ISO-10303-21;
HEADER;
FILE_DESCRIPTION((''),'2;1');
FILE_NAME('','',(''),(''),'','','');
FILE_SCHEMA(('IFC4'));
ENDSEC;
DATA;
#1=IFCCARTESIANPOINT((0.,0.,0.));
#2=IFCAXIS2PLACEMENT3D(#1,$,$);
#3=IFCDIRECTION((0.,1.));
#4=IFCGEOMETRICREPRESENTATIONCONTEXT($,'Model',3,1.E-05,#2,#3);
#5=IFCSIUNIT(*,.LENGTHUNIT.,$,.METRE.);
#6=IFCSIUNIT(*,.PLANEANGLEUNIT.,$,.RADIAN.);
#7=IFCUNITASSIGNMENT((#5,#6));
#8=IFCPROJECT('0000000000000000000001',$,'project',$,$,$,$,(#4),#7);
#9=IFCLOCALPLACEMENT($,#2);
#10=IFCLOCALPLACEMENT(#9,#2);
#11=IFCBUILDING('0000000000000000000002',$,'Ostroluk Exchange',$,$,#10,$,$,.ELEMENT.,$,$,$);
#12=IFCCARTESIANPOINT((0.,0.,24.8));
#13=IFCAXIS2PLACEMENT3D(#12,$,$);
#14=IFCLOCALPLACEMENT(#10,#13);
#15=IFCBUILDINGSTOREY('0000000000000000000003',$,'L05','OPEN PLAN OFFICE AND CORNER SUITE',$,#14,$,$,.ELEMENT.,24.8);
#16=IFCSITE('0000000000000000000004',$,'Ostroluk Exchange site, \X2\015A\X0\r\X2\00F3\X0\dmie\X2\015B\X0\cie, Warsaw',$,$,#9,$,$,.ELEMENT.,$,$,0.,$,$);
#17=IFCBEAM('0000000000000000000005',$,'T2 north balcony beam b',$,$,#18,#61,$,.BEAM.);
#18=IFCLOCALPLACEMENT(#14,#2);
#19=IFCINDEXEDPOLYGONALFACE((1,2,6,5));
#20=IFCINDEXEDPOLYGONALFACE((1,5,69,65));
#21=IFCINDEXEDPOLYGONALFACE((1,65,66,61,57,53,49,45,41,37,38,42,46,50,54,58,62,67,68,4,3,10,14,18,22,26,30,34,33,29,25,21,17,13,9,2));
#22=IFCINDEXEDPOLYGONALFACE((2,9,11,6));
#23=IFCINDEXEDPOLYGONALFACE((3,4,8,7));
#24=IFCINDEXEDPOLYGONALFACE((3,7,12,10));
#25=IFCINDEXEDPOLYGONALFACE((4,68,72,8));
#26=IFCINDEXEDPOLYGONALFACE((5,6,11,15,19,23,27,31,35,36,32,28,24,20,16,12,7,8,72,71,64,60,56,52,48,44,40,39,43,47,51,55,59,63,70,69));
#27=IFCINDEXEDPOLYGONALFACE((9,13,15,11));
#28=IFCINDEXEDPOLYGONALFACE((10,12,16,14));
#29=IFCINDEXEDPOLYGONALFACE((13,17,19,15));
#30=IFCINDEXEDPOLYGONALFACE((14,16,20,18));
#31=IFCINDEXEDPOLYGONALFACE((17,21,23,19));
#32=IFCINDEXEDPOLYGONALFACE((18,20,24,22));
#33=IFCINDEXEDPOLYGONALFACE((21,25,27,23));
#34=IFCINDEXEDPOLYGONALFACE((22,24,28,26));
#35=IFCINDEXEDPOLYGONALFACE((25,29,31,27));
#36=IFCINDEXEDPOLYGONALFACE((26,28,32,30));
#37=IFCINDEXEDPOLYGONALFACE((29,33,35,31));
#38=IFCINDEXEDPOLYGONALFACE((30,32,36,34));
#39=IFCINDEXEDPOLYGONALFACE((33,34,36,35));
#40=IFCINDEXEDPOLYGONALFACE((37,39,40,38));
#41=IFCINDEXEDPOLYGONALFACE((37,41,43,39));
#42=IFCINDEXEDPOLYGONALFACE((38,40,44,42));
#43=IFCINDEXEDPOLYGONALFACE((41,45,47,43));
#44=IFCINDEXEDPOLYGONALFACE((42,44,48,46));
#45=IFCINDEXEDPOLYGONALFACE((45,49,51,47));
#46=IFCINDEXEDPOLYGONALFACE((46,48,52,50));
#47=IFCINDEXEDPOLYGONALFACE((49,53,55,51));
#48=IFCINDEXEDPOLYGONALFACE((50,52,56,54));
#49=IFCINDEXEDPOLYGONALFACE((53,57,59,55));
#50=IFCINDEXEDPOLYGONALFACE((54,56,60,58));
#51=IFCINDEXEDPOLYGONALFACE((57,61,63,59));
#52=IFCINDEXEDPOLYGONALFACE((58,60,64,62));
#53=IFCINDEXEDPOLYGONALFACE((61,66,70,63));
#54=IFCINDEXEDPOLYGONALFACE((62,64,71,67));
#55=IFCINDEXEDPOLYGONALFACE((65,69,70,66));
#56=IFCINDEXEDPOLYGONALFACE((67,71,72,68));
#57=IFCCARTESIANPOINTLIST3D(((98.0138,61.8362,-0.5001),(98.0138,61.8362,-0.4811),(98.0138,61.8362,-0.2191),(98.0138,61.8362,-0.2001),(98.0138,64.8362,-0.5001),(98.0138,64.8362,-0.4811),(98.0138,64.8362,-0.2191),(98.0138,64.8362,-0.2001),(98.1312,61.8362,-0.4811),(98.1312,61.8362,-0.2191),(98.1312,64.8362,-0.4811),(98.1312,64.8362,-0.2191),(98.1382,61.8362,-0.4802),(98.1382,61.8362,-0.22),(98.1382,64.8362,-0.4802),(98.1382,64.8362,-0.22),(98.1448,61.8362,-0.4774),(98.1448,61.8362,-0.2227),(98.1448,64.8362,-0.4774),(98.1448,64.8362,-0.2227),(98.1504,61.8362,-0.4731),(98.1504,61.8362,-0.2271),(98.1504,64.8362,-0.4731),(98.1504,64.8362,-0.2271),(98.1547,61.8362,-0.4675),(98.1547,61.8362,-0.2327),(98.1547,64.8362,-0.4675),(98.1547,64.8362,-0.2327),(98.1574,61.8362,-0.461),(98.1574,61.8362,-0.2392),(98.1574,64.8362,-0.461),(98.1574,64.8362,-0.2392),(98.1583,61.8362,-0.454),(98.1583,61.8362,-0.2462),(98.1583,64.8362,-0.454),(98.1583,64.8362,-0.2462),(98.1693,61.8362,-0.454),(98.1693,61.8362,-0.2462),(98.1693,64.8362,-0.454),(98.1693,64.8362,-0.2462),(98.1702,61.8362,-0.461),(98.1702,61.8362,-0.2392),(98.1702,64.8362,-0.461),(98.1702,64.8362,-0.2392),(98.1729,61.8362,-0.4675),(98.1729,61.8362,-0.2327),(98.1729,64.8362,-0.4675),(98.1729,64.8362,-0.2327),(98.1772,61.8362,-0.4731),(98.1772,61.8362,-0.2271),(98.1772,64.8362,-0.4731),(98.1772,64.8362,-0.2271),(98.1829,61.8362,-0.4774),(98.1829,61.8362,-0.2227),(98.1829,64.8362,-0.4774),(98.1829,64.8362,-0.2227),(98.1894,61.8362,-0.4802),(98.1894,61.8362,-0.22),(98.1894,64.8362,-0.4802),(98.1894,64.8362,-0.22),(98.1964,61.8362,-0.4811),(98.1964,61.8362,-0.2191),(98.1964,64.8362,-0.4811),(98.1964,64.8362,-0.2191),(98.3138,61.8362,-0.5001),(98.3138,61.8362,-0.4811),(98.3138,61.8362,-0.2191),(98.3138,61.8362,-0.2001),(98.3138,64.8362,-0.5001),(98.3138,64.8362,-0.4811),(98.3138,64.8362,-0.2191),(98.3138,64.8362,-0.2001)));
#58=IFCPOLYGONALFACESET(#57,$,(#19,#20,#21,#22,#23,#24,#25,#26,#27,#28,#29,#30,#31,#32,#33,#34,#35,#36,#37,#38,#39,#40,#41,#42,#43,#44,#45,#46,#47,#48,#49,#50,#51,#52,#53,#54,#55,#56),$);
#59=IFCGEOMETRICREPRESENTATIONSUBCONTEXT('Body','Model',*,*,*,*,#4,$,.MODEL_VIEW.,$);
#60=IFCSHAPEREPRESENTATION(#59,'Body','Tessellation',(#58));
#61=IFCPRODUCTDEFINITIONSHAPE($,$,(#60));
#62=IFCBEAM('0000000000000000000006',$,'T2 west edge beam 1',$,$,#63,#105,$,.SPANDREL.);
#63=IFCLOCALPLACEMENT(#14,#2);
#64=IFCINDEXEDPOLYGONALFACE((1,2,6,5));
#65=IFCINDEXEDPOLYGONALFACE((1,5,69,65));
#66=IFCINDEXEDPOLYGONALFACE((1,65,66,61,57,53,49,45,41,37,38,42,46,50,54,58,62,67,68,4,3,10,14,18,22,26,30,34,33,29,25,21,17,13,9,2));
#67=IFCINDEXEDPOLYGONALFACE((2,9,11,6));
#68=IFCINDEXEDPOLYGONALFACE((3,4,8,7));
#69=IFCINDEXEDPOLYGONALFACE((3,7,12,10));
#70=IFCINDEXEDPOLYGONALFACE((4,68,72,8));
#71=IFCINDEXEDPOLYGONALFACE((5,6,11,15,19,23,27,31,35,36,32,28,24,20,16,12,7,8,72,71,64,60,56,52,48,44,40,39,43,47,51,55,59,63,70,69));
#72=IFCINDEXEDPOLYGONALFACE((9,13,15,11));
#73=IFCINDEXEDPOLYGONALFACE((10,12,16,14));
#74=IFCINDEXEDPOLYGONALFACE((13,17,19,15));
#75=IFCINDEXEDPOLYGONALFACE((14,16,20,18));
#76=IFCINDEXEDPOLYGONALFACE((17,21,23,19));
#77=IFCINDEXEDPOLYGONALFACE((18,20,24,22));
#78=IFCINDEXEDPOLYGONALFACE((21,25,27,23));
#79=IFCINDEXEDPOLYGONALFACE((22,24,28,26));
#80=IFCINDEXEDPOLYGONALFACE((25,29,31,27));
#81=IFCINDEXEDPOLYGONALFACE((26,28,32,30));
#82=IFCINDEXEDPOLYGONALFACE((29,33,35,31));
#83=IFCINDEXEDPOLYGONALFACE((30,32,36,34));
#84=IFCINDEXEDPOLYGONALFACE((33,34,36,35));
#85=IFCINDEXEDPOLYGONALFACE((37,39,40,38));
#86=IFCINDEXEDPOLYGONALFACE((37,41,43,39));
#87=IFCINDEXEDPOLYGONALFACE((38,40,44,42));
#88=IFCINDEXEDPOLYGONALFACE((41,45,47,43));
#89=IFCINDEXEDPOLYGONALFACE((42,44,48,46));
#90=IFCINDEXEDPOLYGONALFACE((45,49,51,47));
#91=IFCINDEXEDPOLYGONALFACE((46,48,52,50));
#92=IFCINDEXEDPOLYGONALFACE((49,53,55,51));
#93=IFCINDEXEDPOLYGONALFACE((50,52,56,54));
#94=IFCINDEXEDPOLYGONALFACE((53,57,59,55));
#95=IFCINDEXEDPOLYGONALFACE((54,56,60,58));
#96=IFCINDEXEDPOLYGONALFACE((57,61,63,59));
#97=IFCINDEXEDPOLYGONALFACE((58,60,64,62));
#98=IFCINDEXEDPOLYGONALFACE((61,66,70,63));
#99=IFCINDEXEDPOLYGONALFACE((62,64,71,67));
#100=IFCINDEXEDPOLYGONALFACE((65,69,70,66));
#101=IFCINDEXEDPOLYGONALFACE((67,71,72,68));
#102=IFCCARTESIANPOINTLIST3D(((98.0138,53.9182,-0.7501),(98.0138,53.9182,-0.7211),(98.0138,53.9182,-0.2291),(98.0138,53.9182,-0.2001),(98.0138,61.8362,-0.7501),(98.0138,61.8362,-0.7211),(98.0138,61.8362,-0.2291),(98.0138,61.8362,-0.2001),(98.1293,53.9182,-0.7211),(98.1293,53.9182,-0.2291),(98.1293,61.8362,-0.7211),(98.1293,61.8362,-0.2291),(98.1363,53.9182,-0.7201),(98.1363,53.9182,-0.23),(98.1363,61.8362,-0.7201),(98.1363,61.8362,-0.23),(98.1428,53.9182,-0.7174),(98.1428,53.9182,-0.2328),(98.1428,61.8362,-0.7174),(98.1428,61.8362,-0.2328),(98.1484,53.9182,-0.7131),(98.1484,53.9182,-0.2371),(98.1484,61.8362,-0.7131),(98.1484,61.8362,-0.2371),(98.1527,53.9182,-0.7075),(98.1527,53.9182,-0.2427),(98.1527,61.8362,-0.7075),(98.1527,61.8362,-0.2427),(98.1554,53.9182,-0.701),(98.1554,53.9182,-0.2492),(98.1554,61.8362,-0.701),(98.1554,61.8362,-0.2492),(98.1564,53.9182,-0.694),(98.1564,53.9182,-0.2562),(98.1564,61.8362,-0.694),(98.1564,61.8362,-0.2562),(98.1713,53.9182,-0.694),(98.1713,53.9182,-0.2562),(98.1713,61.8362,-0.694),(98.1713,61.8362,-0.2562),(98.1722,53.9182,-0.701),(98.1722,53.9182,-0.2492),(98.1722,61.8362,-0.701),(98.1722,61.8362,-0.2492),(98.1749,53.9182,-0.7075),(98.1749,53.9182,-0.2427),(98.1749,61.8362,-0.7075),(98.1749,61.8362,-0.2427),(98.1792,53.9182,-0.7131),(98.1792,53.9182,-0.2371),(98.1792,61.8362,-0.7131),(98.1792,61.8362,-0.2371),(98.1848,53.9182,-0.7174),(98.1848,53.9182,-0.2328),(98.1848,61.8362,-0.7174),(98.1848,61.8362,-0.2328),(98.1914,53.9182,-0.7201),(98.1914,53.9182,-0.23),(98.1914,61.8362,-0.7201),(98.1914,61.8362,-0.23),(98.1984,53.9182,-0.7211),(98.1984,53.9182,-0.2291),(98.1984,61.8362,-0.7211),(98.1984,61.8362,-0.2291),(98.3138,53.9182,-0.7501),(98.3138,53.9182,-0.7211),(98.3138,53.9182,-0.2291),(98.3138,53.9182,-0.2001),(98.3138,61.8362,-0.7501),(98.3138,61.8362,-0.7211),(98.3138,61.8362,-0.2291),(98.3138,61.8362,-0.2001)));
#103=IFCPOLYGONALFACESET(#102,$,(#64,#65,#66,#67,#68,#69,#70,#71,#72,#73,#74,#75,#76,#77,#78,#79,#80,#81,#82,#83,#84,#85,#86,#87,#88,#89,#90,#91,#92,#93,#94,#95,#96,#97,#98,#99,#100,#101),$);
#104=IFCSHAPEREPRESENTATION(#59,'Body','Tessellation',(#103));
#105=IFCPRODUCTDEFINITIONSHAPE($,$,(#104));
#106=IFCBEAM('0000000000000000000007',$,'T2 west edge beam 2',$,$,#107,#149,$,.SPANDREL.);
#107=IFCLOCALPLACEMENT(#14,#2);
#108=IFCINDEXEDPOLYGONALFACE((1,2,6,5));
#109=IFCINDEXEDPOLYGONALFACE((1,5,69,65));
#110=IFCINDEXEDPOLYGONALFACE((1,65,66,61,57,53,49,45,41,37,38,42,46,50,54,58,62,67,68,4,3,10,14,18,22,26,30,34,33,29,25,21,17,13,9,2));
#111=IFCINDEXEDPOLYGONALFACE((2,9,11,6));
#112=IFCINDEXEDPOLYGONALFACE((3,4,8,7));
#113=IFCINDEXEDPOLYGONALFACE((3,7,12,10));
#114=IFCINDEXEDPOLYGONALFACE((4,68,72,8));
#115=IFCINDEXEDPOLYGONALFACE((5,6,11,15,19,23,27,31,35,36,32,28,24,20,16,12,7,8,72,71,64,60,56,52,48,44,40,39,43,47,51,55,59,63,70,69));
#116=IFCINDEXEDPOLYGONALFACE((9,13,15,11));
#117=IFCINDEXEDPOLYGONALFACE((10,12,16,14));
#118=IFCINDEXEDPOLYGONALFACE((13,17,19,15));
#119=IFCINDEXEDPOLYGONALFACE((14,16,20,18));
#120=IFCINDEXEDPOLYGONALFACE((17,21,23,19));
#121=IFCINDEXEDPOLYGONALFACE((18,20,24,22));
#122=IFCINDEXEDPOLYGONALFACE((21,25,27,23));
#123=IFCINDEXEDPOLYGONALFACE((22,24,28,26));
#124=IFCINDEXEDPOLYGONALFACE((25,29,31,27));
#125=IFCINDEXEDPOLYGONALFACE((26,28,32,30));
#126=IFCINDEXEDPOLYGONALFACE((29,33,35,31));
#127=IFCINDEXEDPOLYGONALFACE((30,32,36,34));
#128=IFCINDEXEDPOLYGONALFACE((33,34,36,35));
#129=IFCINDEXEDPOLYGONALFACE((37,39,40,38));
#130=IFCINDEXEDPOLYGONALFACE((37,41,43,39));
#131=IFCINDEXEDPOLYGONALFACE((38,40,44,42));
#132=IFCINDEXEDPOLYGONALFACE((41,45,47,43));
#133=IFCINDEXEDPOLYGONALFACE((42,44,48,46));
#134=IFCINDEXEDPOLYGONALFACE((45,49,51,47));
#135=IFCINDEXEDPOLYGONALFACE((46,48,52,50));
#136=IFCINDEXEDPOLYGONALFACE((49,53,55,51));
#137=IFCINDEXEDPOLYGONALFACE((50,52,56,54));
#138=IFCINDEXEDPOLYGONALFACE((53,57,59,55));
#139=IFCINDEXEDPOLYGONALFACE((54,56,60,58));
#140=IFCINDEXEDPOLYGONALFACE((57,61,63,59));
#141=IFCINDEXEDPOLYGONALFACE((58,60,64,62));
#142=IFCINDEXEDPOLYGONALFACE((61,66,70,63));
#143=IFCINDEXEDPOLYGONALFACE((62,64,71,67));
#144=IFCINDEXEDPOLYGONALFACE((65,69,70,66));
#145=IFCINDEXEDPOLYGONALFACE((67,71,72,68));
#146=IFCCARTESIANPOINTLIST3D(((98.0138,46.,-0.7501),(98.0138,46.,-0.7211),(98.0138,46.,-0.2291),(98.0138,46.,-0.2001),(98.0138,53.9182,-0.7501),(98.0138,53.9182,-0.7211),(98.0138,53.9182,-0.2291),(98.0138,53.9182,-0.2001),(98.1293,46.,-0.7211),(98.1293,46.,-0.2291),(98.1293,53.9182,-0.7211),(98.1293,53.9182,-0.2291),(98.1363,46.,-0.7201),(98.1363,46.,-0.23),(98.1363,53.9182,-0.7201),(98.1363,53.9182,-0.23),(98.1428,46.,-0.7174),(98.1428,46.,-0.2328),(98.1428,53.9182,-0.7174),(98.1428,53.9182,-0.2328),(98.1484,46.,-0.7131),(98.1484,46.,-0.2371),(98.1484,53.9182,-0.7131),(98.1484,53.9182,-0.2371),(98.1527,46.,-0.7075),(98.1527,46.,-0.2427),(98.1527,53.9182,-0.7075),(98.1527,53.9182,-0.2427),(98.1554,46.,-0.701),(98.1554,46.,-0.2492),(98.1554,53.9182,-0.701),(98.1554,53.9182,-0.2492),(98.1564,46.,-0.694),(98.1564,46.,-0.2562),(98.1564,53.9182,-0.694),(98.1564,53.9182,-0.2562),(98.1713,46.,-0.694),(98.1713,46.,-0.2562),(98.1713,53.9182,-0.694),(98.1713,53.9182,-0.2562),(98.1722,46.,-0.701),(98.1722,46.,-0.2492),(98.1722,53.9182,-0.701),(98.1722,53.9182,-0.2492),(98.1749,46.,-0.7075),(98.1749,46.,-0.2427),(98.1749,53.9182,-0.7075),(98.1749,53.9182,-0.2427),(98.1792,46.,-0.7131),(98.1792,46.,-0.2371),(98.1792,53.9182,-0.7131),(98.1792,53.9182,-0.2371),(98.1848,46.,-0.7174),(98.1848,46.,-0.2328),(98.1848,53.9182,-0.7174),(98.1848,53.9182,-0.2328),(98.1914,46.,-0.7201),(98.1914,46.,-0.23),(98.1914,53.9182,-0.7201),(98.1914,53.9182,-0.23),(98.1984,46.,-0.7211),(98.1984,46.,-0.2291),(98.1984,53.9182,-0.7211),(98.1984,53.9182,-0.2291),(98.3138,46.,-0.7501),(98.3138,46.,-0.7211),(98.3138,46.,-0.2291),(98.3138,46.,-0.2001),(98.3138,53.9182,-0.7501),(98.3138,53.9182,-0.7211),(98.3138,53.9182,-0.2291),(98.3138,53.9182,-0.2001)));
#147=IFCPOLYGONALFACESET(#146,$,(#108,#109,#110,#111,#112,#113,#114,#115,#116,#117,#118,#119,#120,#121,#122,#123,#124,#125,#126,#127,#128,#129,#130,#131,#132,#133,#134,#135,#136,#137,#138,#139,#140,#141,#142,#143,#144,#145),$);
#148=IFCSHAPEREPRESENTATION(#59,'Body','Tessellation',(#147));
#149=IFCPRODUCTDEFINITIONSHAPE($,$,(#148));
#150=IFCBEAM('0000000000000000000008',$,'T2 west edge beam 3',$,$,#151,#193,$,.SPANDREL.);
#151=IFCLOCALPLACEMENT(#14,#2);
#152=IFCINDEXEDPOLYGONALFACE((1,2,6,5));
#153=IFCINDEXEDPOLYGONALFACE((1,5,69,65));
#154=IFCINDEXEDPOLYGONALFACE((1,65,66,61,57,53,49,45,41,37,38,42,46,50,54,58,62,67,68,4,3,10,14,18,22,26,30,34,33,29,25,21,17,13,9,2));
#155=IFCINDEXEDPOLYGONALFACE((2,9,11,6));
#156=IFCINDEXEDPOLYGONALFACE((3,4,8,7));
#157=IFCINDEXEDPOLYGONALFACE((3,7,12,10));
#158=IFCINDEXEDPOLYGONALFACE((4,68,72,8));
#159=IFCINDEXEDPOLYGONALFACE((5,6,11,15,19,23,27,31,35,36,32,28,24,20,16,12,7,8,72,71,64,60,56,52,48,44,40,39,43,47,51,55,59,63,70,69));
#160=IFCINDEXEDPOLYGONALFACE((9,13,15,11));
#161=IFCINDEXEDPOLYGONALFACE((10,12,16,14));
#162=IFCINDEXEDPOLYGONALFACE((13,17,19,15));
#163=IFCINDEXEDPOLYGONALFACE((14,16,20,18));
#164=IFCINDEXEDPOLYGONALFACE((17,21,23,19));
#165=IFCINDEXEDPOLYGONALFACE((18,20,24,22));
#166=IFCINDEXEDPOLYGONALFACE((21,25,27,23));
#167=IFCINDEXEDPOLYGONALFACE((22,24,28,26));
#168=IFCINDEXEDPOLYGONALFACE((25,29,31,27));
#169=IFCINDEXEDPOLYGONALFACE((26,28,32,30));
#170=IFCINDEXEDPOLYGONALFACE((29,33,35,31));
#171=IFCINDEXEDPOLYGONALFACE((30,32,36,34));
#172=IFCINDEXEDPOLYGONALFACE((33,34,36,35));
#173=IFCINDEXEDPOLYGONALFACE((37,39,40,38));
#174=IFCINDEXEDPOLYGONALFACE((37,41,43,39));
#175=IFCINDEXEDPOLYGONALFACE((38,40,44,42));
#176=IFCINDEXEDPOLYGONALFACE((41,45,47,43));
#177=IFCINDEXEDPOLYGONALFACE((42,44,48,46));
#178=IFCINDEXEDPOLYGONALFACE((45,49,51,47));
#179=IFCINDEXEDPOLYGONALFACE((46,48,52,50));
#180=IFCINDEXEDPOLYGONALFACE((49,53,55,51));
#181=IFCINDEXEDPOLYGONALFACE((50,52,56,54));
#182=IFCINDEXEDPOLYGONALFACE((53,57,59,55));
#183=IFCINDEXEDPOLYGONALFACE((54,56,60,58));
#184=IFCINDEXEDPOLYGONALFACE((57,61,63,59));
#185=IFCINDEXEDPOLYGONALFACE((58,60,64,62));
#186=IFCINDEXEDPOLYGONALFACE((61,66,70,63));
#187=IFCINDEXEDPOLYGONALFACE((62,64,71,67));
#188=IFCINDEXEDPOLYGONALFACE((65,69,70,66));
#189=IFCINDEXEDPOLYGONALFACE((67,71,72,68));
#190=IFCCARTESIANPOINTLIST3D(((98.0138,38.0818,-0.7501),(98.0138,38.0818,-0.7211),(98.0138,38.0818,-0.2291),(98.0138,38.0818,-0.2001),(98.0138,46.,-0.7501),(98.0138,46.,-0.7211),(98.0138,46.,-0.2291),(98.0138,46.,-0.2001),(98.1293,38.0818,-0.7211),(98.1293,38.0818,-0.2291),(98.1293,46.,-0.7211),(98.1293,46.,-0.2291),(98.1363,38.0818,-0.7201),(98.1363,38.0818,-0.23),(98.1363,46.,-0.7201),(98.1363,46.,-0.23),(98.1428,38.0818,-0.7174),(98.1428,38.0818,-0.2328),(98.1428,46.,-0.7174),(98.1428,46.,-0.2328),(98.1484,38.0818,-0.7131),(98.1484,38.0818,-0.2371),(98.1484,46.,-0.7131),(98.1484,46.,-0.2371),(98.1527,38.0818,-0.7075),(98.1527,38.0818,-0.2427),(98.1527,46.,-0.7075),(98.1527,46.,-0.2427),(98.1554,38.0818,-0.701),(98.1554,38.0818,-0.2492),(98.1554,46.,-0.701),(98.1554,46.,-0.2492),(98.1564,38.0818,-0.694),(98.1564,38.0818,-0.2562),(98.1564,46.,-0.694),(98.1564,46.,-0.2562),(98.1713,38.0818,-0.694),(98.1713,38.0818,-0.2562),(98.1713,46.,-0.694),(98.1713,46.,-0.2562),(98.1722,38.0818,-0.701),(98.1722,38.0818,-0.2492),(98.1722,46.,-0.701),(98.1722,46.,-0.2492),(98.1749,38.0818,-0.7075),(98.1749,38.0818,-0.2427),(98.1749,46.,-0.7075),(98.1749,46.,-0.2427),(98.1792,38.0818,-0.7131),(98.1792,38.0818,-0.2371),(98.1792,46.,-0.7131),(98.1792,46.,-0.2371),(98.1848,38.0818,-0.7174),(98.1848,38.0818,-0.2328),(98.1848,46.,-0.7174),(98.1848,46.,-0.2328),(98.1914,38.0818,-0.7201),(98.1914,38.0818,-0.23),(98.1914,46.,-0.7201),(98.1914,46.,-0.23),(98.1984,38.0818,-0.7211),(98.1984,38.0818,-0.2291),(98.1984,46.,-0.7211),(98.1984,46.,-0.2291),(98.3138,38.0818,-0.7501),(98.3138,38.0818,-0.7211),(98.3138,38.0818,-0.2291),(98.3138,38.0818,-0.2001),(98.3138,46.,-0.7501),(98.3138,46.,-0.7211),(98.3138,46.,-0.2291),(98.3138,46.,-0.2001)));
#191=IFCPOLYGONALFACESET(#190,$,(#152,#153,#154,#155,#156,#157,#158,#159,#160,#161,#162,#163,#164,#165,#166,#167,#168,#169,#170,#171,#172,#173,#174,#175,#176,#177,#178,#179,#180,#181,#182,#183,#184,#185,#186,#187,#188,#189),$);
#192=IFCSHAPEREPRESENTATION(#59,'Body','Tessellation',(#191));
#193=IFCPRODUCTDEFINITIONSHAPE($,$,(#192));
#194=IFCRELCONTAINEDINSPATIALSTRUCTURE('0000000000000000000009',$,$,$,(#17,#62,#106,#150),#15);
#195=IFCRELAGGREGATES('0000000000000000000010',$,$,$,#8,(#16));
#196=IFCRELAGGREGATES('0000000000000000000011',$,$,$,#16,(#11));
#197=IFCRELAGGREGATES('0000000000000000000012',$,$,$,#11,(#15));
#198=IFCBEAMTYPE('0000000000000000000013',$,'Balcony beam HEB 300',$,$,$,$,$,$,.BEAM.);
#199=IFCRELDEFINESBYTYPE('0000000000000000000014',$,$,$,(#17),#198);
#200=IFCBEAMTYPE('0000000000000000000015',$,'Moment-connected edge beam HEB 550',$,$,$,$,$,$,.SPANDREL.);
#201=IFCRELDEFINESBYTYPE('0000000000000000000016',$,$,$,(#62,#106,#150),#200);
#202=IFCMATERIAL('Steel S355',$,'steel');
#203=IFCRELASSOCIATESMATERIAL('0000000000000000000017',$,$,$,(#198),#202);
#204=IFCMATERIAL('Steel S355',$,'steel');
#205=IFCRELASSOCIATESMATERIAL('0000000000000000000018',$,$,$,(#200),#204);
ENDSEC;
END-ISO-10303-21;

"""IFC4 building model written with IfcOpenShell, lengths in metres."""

from ifc_helpers import new_model, si_unit, direction, frame, origin, origin_2d, place, context, subcontext, project, spatial, i_section, extrude, material, material_profile, profile_set, type_object, element, save


model = new_model("IFC4")

# Units and contexts
model_context = context("Model", 3, precision=1e-05, world=origin(), true_north=direction((0.0, 1.0)))
body_context = subcontext(model_context, "Body", "Model", "MODEL_VIEW")
ifc_project = project(units=[si_unit("LENGTHUNIT", "METRE"), si_unit("PLANEANGLEUNIT", "RADIAN")], contexts=[model_context])

# Site, building, storey
site_placement = place(None, origin())
site = spatial("IfcSite", under=ifc_project, at=site_placement, Name="Ostroluk Exchange site, Śródmieście, Warsaw", CompositionType="ELEMENT", RefElevation=0.0)
building_placement = place(site_placement, origin())
building = spatial("IfcBuilding", under=site, at=building_placement, Name="Ostroluk Exchange", CompositionType="ELEMENT")
storey_placement = place(building_placement, frame((0.0, 0.0, 24.8)))
storey = spatial("IfcBuildingStorey", under=building, at=storey_placement, Name="L05", Description="OPEN PLAN OFFICE AND CORNER SUITE", CompositionType="ELEMENT", Elevation=24.8)

# Beams
ifc_material_1 = material(Name="Steel S355", Category="steel")
ifc_material_profile_1 = material_profile(ifc_material_1, i_section(OverallWidth=0.3, OverallDepth=0.3, WebThickness=0.011, FlangeThickness=0.019, FilletRadius=0.0271, at=origin_2d()), Name="HEB 300")
ifc_profile_set_1 = profile_set([ifc_material_profile_1], Name="Steel S355")
beam_type_1 = type_object("IfcBeamType", Name="Balcony beam HEB 300", PredefinedType="BEAM", material=ifc_profile_set_1)
beam_1_placement = place(storey_placement, frame((98.1638, 61.8362, -0.3501), z_axis=(0.0, 1.0, 0.0), x_axis=(-1.0, 0.0, 0.0)))
element("IfcBeam", 1, at=beam_1_placement, inside=storey, type_object=beam_type_1, Name="T2 north balcony beam b", PredefinedType="BEAM", context=body_context, shape_type="SweptSolid", body=[
    extrude(i_section(OverallWidth=0.3, OverallDepth=0.3, WebThickness=0.011, FlangeThickness=0.019, FilletRadius=0.0271, at=origin_2d()), origin(), (0.0, 0.0, 1.0), 3.0),
])
ifc_material_2 = material(Name="Steel S355", Category="steel")
ifc_material_profile_2 = material_profile(ifc_material_2, i_section(OverallWidth=0.3, OverallDepth=0.55, WebThickness=0.0149, FlangeThickness=0.0291, FilletRadius=0.0271, at=origin_2d()), Name="HEB 550")
ifc_profile_set_2 = profile_set([ifc_material_profile_2], Name="Steel S355")
beam_type_2 = type_object("IfcBeamType", Name="Moment-connected edge beam HEB 550", PredefinedType="SPANDREL", material=ifc_profile_set_2)
beam_2_placement = place(storey_placement, frame((98.1638, 61.8362, -0.4751), z_axis=(0.0, -1.0, 0.0), x_axis=(1.0, 0.0, 0.0)))
element("IfcBeam", 2, at=beam_2_placement, inside=storey, type_object=beam_type_2, Name="T2 west edge beam 1", PredefinedType="SPANDREL", context=body_context, shape_type="SweptSolid", body=[
    extrude(i_section(OverallWidth=0.3, OverallDepth=0.55, WebThickness=0.0149, FlangeThickness=0.0291, FilletRadius=0.0271, at=origin_2d()), origin(), (0.0, 0.0, 1.0), 7.918),
])
for number, where, z_axis, x_axis, name in (
    (3, (98.1638, 53.9182, -0.4751), (0.0, -1.0, 0.0), (1.0, 0.0, 0.0), "T2 west edge beam 2"),
    (4, (98.1638, 46.0, -0.4751), (0.0, -1.0, 0.0), (1.0, 0.0, 0.0), "T2 west edge beam 3"),
):
    element("IfcBeam", number, at=place(storey_placement, frame(where, z_axis=z_axis, x_axis=x_axis)), inside=storey, type_object=beam_type_2, Name=name, PredefinedType="SPANDREL", context=body_context, shape_type="SweptSolid", body=[
        extrude(i_section(OverallWidth=0.3, OverallDepth=0.55, WebThickness=0.0149, FlangeThickness=0.0291, FilletRadius=0.0271, at=origin_2d()), origin(), (0.0, 0.0, 1.0), 7.9182),
    ])

save(model, "model.ifc")
